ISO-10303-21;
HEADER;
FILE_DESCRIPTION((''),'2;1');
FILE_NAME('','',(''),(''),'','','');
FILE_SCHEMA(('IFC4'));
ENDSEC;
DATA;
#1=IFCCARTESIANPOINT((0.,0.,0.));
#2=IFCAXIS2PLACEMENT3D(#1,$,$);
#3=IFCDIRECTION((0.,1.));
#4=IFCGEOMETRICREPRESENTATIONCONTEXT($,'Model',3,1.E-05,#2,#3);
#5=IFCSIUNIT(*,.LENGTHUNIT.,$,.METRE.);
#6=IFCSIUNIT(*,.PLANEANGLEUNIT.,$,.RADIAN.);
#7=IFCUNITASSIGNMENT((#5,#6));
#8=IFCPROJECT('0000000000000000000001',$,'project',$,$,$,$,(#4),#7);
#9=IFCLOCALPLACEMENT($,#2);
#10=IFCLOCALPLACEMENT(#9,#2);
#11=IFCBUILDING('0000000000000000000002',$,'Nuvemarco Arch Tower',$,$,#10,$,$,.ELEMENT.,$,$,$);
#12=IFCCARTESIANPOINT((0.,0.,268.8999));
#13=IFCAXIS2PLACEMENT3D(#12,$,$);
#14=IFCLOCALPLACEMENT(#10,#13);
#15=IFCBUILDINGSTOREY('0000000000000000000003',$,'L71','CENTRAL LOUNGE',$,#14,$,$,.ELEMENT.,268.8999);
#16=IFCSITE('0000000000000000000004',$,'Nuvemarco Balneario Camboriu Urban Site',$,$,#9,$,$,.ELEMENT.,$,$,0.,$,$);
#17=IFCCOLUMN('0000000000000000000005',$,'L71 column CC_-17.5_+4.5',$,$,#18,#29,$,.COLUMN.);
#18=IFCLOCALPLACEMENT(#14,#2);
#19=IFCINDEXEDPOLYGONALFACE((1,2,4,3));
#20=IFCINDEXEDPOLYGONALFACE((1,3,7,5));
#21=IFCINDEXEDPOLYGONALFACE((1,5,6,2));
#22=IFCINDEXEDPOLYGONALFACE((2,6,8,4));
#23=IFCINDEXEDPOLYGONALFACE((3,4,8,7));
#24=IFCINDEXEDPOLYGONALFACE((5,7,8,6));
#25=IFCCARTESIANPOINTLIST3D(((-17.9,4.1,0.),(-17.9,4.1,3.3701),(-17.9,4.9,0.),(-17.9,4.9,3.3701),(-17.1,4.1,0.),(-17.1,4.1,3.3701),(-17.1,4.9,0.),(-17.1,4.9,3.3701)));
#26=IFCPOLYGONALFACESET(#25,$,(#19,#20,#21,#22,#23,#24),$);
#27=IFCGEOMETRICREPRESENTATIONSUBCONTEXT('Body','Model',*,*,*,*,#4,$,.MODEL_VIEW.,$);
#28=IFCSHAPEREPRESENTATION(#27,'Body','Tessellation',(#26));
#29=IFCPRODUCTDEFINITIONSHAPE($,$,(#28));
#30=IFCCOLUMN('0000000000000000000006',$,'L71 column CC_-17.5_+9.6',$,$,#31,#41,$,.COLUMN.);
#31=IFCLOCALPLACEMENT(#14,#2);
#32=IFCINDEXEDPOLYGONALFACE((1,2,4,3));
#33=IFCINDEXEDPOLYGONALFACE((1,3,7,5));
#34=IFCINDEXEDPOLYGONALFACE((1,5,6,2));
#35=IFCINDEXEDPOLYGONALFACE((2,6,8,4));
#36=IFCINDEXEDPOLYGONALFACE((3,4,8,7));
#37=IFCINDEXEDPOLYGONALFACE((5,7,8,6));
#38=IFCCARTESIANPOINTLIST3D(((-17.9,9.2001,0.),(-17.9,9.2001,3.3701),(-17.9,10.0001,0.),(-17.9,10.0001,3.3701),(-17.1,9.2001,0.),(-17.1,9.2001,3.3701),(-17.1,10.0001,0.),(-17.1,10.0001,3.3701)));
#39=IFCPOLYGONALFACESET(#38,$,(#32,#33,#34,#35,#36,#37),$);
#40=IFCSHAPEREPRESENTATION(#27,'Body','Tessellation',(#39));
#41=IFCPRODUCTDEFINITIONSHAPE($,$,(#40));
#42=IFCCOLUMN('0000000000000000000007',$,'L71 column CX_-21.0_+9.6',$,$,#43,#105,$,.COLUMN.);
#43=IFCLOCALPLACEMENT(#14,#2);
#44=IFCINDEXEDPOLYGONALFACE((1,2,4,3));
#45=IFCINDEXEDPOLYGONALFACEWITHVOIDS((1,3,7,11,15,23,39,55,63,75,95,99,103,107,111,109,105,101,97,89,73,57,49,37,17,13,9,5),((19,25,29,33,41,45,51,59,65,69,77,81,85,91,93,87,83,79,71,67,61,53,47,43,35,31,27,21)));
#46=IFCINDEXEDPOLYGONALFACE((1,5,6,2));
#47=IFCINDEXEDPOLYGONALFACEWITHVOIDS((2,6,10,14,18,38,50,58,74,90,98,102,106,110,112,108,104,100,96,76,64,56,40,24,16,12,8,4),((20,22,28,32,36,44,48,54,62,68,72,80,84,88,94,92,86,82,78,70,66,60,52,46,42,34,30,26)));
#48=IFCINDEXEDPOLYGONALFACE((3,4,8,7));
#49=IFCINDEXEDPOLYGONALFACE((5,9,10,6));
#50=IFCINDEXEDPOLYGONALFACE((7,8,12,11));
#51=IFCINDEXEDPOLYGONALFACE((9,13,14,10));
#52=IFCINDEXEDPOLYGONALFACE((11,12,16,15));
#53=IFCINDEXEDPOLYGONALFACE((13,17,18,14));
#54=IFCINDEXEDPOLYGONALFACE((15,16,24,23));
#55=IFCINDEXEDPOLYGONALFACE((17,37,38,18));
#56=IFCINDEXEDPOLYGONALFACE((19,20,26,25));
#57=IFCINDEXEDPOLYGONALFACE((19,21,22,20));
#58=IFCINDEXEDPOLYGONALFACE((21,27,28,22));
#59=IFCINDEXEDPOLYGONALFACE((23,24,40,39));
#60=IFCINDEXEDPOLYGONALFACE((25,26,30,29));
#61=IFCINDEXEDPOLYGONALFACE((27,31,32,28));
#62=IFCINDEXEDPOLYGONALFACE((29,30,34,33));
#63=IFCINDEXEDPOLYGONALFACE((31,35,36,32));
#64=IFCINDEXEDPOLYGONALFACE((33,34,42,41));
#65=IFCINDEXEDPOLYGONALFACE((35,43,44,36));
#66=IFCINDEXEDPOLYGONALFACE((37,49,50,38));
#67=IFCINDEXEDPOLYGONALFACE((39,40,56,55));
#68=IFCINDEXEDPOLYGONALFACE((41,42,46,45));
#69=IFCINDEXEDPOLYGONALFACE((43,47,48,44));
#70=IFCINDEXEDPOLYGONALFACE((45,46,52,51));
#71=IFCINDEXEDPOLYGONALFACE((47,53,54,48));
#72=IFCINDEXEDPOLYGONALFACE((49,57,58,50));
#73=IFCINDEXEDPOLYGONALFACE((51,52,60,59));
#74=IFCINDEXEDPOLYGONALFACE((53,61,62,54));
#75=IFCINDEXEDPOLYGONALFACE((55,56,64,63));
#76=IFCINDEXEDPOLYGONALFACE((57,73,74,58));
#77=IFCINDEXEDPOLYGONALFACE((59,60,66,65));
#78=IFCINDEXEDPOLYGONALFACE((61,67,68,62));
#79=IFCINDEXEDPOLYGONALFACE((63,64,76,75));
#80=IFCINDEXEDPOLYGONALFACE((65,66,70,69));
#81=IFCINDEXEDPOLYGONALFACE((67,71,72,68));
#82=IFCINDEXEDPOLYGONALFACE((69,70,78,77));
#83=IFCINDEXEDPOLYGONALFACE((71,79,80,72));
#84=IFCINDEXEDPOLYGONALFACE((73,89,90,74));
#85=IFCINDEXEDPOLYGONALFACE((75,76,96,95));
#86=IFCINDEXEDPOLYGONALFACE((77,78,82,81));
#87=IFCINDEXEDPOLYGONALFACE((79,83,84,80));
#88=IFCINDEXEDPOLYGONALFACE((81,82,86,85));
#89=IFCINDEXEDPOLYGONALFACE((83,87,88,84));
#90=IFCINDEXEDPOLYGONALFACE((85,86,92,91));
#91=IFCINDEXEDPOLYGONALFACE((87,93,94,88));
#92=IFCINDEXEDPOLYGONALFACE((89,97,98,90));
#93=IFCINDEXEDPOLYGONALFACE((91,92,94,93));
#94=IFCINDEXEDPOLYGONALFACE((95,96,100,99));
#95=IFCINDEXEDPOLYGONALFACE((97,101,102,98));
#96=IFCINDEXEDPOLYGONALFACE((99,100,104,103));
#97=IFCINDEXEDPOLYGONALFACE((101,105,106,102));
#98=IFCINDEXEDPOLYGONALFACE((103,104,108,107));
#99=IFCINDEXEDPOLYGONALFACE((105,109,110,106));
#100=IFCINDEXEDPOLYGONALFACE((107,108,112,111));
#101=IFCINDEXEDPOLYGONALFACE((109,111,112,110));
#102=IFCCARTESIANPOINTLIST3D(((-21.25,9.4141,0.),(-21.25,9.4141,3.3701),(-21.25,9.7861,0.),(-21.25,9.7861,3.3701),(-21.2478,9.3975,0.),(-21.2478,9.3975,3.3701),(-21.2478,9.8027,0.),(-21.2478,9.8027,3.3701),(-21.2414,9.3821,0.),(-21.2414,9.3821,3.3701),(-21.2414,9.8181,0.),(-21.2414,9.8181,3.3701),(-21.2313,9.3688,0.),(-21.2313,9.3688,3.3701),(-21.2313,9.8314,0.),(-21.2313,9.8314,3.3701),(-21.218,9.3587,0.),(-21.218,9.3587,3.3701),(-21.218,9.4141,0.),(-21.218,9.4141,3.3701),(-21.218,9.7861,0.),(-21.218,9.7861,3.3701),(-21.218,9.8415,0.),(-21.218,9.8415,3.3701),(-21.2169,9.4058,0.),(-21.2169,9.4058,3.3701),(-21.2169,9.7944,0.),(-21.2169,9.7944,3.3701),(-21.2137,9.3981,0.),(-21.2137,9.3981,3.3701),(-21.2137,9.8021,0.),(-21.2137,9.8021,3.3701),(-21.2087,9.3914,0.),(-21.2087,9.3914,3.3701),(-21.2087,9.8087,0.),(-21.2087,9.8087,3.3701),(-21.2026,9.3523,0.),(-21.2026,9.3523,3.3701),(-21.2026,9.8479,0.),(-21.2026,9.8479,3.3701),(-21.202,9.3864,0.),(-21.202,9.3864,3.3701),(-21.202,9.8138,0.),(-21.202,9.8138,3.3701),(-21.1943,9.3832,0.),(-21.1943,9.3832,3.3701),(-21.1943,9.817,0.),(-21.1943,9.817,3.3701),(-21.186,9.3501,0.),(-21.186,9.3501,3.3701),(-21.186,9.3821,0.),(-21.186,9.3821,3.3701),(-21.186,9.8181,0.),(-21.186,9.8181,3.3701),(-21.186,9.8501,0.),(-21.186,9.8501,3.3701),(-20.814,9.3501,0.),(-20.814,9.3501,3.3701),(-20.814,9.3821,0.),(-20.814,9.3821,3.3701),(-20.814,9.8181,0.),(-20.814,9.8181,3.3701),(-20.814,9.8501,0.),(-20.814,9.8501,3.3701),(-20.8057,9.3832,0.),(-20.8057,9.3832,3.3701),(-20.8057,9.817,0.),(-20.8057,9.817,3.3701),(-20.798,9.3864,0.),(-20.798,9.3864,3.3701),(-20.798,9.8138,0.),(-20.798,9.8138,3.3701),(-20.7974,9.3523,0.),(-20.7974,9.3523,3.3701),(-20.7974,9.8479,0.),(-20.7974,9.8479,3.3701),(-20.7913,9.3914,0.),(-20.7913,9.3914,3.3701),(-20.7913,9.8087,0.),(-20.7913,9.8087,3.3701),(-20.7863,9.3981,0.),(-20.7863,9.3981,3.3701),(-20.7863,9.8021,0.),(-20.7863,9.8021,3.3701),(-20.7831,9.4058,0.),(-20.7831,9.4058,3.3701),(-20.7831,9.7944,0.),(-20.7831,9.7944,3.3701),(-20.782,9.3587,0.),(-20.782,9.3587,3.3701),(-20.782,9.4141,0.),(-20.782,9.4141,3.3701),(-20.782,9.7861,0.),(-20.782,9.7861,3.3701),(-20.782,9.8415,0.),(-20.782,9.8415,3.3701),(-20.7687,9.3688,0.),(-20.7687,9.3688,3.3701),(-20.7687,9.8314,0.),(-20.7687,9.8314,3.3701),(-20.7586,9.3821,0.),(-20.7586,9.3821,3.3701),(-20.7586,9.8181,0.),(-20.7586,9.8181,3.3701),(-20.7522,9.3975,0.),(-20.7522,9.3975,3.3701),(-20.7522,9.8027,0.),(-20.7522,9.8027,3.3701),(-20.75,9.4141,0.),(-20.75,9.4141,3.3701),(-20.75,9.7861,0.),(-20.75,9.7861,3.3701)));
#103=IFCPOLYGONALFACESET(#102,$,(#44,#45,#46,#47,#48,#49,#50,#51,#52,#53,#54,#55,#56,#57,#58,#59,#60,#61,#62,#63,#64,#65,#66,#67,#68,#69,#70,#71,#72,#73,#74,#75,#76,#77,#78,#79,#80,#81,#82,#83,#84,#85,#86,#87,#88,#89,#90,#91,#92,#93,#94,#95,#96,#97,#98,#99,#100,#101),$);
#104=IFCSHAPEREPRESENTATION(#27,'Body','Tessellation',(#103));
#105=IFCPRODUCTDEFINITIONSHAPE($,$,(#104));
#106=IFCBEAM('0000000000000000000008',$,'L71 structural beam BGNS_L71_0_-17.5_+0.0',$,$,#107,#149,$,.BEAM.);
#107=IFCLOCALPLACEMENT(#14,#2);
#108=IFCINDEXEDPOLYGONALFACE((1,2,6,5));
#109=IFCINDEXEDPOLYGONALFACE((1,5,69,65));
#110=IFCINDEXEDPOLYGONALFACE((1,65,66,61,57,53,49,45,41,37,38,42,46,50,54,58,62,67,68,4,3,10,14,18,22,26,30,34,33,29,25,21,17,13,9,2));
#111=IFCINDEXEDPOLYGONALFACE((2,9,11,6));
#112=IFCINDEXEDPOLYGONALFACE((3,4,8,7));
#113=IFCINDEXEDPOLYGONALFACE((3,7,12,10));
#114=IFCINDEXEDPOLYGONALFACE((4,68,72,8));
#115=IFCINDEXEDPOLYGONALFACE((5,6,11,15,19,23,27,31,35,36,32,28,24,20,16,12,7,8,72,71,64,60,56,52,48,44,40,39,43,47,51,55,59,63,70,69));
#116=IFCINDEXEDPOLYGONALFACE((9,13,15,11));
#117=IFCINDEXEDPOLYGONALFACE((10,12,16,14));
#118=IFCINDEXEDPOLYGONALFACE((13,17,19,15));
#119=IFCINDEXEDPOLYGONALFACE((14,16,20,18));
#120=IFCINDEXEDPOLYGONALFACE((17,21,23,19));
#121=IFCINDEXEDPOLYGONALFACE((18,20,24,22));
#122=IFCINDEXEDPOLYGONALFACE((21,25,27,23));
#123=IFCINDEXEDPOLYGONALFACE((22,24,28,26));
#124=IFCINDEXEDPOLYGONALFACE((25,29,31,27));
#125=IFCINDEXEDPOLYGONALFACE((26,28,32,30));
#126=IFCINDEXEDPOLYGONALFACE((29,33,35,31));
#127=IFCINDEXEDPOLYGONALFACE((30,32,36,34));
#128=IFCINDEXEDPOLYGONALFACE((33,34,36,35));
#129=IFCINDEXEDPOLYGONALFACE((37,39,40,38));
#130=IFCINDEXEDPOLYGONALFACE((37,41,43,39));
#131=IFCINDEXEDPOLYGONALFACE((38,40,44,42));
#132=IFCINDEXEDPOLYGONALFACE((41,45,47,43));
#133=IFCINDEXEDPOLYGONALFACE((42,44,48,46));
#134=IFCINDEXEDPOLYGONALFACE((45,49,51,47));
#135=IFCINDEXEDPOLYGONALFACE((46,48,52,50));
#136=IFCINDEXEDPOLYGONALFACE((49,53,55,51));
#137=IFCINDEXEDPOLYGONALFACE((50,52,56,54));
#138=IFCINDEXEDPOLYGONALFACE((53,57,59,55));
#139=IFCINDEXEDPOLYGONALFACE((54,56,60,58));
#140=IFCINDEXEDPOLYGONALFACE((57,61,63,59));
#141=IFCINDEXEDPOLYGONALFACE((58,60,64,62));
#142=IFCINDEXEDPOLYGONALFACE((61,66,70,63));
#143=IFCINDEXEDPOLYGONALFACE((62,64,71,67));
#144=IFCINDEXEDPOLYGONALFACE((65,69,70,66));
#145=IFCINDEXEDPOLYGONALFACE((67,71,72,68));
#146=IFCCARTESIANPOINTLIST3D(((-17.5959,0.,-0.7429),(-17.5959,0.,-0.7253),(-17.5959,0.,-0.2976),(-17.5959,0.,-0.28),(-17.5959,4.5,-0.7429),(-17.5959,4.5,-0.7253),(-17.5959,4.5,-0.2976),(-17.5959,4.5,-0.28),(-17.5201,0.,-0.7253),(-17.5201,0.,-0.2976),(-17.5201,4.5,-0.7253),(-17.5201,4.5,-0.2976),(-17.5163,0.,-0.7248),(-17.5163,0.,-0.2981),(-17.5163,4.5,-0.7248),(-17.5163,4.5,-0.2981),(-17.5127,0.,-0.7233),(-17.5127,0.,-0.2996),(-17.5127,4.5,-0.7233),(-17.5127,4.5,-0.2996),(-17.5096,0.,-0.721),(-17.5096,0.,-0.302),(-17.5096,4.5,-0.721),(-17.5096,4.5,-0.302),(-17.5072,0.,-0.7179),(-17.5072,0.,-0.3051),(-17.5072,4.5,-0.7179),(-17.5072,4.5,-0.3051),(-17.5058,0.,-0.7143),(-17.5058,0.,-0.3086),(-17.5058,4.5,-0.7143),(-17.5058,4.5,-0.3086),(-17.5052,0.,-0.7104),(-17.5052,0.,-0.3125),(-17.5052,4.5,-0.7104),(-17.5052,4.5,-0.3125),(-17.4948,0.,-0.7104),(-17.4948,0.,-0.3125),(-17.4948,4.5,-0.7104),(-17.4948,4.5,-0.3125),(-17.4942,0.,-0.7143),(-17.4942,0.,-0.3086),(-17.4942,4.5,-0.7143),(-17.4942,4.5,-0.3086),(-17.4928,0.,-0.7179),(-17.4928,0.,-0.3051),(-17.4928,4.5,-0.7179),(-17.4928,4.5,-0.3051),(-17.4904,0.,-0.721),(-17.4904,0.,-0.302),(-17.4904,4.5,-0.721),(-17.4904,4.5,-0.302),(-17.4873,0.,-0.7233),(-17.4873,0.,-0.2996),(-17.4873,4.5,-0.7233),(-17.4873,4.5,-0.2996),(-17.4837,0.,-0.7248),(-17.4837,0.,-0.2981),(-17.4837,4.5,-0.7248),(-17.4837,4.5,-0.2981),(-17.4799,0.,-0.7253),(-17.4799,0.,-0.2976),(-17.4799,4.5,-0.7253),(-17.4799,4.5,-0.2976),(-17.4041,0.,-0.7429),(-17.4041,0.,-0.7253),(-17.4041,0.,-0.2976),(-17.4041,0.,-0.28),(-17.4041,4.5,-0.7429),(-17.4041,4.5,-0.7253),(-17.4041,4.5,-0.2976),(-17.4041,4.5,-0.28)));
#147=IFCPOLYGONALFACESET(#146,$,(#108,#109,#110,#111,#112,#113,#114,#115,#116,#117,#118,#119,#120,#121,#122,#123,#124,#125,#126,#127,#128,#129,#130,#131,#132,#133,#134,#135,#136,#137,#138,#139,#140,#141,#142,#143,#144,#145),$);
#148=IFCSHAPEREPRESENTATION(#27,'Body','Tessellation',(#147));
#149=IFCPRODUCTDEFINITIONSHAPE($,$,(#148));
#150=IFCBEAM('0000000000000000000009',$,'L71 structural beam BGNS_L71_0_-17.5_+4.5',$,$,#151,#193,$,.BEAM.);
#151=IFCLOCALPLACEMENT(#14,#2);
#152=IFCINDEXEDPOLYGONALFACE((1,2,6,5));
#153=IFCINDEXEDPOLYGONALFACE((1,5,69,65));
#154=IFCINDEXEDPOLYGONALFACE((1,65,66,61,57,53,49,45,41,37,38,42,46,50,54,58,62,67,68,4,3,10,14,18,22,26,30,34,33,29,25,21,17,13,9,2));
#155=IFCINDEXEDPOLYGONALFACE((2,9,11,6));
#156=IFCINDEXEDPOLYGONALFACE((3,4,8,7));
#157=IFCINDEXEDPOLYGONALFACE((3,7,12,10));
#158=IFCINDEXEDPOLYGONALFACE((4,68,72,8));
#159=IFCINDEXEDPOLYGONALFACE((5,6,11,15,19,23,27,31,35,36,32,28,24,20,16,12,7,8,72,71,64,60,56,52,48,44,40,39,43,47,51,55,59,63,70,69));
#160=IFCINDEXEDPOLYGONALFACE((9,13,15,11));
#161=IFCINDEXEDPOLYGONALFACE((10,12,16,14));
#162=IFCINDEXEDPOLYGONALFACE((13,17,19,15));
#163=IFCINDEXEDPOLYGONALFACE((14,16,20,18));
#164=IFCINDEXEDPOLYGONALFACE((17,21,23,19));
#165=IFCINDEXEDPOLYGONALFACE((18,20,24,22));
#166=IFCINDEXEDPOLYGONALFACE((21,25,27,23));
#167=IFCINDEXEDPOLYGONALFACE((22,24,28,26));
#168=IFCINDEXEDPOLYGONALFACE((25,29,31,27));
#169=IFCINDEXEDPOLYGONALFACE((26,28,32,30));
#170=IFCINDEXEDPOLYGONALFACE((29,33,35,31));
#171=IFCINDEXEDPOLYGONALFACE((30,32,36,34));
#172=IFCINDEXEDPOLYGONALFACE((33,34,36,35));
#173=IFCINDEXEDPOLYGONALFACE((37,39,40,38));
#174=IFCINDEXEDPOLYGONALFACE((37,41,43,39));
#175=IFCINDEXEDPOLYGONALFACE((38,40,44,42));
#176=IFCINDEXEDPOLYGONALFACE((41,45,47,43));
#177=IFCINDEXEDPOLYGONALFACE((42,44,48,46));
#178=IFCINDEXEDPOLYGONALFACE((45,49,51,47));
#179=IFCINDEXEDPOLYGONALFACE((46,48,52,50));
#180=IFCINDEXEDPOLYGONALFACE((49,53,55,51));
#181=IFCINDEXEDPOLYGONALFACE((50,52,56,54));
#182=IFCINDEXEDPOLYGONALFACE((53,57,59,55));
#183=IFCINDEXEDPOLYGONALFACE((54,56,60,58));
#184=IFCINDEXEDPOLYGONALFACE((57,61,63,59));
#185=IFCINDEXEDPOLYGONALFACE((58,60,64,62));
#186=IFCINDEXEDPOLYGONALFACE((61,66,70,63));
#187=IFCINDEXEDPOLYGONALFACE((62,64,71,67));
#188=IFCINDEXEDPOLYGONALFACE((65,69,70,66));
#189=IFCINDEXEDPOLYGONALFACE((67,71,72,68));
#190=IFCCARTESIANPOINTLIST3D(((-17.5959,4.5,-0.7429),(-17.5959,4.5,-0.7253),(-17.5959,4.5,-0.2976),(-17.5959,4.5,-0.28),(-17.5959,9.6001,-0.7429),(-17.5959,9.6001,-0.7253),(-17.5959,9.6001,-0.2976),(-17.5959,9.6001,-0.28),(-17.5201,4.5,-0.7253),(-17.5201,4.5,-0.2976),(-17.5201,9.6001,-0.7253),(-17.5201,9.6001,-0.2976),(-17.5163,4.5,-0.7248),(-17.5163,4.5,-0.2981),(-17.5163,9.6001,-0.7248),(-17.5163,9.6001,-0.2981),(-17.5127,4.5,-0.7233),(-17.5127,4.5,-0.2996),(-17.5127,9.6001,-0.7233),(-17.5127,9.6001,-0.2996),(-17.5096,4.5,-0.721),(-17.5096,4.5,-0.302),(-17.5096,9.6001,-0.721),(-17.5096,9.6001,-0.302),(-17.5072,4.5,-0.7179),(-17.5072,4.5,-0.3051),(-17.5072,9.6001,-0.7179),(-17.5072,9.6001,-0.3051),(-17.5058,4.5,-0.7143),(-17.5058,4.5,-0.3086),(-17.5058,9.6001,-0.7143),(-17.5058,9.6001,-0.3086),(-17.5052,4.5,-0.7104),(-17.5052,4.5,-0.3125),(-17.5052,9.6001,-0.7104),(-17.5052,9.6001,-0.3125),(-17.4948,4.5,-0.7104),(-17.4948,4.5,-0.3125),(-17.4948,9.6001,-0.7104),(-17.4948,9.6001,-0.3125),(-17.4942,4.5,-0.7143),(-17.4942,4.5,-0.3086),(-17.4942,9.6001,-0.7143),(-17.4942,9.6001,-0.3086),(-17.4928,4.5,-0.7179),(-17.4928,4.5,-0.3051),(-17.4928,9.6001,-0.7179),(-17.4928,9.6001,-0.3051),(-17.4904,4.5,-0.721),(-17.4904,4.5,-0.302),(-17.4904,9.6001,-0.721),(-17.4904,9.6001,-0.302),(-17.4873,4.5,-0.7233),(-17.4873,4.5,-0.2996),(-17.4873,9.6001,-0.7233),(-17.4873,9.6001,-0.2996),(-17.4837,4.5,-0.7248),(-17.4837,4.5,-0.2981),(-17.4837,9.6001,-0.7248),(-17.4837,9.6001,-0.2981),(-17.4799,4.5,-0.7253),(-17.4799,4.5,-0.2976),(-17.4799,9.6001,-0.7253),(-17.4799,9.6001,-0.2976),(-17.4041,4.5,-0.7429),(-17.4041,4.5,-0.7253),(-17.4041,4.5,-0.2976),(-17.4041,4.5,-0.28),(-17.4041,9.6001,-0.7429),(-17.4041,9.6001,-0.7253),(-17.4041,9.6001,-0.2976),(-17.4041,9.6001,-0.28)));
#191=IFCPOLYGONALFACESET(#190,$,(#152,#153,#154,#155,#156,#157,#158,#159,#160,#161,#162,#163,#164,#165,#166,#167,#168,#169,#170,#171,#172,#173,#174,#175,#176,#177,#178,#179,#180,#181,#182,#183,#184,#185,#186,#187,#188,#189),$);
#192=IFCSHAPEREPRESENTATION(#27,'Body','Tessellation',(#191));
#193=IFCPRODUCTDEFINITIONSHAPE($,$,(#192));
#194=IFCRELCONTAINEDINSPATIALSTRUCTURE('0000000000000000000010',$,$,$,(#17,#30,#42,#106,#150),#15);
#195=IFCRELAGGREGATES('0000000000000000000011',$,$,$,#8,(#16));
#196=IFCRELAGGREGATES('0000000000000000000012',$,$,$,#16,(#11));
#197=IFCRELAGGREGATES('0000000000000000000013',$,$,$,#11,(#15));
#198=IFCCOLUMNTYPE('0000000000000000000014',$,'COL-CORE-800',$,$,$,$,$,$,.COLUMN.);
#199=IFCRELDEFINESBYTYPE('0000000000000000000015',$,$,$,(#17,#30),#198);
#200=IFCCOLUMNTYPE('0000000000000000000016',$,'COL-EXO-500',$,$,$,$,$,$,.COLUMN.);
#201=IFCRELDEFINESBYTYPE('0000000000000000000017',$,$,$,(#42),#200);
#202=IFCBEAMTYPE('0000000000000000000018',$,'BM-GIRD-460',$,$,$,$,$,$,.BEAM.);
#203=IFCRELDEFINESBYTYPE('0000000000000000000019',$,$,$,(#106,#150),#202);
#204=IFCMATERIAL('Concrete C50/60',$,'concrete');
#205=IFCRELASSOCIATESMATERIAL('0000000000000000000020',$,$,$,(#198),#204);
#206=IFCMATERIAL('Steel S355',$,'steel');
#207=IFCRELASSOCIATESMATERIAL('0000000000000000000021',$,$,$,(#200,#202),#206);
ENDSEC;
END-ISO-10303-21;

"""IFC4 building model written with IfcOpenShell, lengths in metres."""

from ifc_helpers import new_model, si_unit, direction, frame, origin, origin_2d, place, context, subcontext, project, spatial, rectangle, hollow_rectangle, i_section, extrude, material, material_profile, profile_set, type_object, element, save


model = new_model("IFC4")

# Units and contexts
model_context = context("Model", 3, precision=1e-05, world=origin(), true_north=direction((0.0, 1.0)))
body_context = subcontext(model_context, "Body", "Model", "MODEL_VIEW")
ifc_project = project(units=[si_unit("LENGTHUNIT", "METRE"), si_unit("PLANEANGLEUNIT", "RADIAN")], contexts=[model_context])

# Site, building, storey
site_placement = place(None, origin())
site = spatial("IfcSite", under=ifc_project, at=site_placement, Name="Nuvemarco Balneario Camboriu Urban Site", CompositionType="ELEMENT", RefElevation=0.0)
building_placement = place(site_placement, origin())
building = spatial("IfcBuilding", under=site, at=building_placement, Name="Nuvemarco Arch Tower", CompositionType="ELEMENT")
storey_placement = place(building_placement, frame((0.0, 0.0, 268.8999)))
storey = spatial("IfcBuildingStorey", under=building, at=storey_placement, Name="L71", Description="CENTRAL LOUNGE", CompositionType="ELEMENT", Elevation=268.8999)

# Columns
ifc_material_1 = material(Name="Concrete C50/60", Category="concrete")
ifc_material_profile_1 = material_profile(ifc_material_1, rectangle(XDim=0.8, YDim=0.8, at=origin_2d()), Name="RC-COL-800x800")
ifc_profile_set_1 = profile_set([ifc_material_profile_1], Name="Concrete C50/60")
column_type_1 = type_object("IfcColumnType", Name="COL-CORE-800", PredefinedType="COLUMN", material=ifc_profile_set_1)
for number, where, z_axis, x_axis, name in (
    (1, (-17.5, 4.5, 0.0), (0.0, 0.0, 1.0), (1.0, 0.0, 0.0), "L71 column CC_-17.5_+4.5"),
    (2, (-17.5, 9.6001, 0.0), (0.0, 0.0, 1.0), (1.0, 0.0, 0.0), "L71 column CC_-17.5_+9.6"),
):
    element("IfcColumn", number, at=place(storey_placement, frame(where, z_axis=z_axis, x_axis=x_axis)), inside=storey, type_object=column_type_1, Name=name, PredefinedType="COLUMN", context=body_context, shape_type="SweptSolid", body=[
        extrude(rectangle(XDim=0.8, YDim=0.8, at=origin_2d()), origin(), (0.0, 0.0, 1.0), 3.3701),
    ])
ifc_material_2 = material(Name="Steel S355", Category="steel")
ifc_material_profile_2 = material_profile(ifc_material_2, hollow_rectangle(XDim=0.5, YDim=0.5, WallThickness=0.032, InnerFilletRadius=0.032, OuterFilletRadius=0.064, at=origin_2d()), Name="SHS500x500x32")
ifc_profile_set_2 = profile_set([ifc_material_profile_2], Name="Steel S355")
column_type_2 = type_object("IfcColumnType", Name="COL-EXO-500", PredefinedType="COLUMN", material=ifc_profile_set_2)
column_placement = place(storey_placement, frame((-21.0, 9.6001, 0.0), z_axis=(0.0, 0.0, 1.0), x_axis=(1.0, 0.0, 0.0)))
element("IfcColumn", 3, at=column_placement, inside=storey, type_object=column_type_2, Name="L71 column CX_-21.0_+9.6", PredefinedType="COLUMN", context=body_context, shape_type="SweptSolid", body=[
    extrude(hollow_rectangle(XDim=0.5, YDim=0.5, WallThickness=0.032, InnerFilletRadius=0.032, OuterFilletRadius=0.064, at=origin_2d()), origin(), (0.0, 0.0, 1.0), 3.3701),
])

# Beams
ifc_material_profile_3 = material_profile(ifc_material_2, i_section(OverallWidth=0.1919, OverallDepth=0.4629, WebThickness=0.0105, FlangeThickness=0.0176, FilletRadius=0.0149, at=origin_2d()), Name="W460x89")
ifc_profile_set_3 = profile_set([ifc_material_profile_3], Name="Steel S355")
beam_type_1 = type_object("IfcBeamType", Name="BM-GIRD-460", PredefinedType="BEAM", material=ifc_profile_set_3)
beam_1_placement = place(storey_placement, frame((-17.5, 0.0, -0.5115), z_axis=(0.0, 1.0, 0.0), x_axis=(-1.0, 0.0, 0.0)))
element("IfcBeam", 4, at=beam_1_placement, inside=storey, type_object=beam_type_1, Name="L71 structural beam BGNS_L71_0_-17.5_+0.0", PredefinedType="BEAM", context=body_context, shape_type="SweptSolid", body=[
    extrude(i_section(OverallWidth=0.1919, OverallDepth=0.4629, WebThickness=0.0105, FlangeThickness=0.0176, FilletRadius=0.0149, at=origin_2d()), origin(), (0.0, 0.0, 1.0), 4.5),
])
beam_2_placement = place(storey_placement, frame((-17.5, 4.5, -0.5115), z_axis=(0.0, 1.0, 0.0), x_axis=(-1.0, 0.0, 0.0)))
element("IfcBeam", 5, at=beam_2_placement, inside=storey, type_object=beam_type_1, Name="L71 structural beam BGNS_L71_0_-17.5_+4.5", PredefinedType="BEAM", context=body_context, shape_type="SweptSolid", body=[
    extrude(i_section(OverallWidth=0.1919, OverallDepth=0.4629, WebThickness=0.0105, FlangeThickness=0.0176, FilletRadius=0.0149, at=origin_2d()), origin(), (0.0, 0.0, 1.0), 5.1001),
])

save(model, "model.ifc")
